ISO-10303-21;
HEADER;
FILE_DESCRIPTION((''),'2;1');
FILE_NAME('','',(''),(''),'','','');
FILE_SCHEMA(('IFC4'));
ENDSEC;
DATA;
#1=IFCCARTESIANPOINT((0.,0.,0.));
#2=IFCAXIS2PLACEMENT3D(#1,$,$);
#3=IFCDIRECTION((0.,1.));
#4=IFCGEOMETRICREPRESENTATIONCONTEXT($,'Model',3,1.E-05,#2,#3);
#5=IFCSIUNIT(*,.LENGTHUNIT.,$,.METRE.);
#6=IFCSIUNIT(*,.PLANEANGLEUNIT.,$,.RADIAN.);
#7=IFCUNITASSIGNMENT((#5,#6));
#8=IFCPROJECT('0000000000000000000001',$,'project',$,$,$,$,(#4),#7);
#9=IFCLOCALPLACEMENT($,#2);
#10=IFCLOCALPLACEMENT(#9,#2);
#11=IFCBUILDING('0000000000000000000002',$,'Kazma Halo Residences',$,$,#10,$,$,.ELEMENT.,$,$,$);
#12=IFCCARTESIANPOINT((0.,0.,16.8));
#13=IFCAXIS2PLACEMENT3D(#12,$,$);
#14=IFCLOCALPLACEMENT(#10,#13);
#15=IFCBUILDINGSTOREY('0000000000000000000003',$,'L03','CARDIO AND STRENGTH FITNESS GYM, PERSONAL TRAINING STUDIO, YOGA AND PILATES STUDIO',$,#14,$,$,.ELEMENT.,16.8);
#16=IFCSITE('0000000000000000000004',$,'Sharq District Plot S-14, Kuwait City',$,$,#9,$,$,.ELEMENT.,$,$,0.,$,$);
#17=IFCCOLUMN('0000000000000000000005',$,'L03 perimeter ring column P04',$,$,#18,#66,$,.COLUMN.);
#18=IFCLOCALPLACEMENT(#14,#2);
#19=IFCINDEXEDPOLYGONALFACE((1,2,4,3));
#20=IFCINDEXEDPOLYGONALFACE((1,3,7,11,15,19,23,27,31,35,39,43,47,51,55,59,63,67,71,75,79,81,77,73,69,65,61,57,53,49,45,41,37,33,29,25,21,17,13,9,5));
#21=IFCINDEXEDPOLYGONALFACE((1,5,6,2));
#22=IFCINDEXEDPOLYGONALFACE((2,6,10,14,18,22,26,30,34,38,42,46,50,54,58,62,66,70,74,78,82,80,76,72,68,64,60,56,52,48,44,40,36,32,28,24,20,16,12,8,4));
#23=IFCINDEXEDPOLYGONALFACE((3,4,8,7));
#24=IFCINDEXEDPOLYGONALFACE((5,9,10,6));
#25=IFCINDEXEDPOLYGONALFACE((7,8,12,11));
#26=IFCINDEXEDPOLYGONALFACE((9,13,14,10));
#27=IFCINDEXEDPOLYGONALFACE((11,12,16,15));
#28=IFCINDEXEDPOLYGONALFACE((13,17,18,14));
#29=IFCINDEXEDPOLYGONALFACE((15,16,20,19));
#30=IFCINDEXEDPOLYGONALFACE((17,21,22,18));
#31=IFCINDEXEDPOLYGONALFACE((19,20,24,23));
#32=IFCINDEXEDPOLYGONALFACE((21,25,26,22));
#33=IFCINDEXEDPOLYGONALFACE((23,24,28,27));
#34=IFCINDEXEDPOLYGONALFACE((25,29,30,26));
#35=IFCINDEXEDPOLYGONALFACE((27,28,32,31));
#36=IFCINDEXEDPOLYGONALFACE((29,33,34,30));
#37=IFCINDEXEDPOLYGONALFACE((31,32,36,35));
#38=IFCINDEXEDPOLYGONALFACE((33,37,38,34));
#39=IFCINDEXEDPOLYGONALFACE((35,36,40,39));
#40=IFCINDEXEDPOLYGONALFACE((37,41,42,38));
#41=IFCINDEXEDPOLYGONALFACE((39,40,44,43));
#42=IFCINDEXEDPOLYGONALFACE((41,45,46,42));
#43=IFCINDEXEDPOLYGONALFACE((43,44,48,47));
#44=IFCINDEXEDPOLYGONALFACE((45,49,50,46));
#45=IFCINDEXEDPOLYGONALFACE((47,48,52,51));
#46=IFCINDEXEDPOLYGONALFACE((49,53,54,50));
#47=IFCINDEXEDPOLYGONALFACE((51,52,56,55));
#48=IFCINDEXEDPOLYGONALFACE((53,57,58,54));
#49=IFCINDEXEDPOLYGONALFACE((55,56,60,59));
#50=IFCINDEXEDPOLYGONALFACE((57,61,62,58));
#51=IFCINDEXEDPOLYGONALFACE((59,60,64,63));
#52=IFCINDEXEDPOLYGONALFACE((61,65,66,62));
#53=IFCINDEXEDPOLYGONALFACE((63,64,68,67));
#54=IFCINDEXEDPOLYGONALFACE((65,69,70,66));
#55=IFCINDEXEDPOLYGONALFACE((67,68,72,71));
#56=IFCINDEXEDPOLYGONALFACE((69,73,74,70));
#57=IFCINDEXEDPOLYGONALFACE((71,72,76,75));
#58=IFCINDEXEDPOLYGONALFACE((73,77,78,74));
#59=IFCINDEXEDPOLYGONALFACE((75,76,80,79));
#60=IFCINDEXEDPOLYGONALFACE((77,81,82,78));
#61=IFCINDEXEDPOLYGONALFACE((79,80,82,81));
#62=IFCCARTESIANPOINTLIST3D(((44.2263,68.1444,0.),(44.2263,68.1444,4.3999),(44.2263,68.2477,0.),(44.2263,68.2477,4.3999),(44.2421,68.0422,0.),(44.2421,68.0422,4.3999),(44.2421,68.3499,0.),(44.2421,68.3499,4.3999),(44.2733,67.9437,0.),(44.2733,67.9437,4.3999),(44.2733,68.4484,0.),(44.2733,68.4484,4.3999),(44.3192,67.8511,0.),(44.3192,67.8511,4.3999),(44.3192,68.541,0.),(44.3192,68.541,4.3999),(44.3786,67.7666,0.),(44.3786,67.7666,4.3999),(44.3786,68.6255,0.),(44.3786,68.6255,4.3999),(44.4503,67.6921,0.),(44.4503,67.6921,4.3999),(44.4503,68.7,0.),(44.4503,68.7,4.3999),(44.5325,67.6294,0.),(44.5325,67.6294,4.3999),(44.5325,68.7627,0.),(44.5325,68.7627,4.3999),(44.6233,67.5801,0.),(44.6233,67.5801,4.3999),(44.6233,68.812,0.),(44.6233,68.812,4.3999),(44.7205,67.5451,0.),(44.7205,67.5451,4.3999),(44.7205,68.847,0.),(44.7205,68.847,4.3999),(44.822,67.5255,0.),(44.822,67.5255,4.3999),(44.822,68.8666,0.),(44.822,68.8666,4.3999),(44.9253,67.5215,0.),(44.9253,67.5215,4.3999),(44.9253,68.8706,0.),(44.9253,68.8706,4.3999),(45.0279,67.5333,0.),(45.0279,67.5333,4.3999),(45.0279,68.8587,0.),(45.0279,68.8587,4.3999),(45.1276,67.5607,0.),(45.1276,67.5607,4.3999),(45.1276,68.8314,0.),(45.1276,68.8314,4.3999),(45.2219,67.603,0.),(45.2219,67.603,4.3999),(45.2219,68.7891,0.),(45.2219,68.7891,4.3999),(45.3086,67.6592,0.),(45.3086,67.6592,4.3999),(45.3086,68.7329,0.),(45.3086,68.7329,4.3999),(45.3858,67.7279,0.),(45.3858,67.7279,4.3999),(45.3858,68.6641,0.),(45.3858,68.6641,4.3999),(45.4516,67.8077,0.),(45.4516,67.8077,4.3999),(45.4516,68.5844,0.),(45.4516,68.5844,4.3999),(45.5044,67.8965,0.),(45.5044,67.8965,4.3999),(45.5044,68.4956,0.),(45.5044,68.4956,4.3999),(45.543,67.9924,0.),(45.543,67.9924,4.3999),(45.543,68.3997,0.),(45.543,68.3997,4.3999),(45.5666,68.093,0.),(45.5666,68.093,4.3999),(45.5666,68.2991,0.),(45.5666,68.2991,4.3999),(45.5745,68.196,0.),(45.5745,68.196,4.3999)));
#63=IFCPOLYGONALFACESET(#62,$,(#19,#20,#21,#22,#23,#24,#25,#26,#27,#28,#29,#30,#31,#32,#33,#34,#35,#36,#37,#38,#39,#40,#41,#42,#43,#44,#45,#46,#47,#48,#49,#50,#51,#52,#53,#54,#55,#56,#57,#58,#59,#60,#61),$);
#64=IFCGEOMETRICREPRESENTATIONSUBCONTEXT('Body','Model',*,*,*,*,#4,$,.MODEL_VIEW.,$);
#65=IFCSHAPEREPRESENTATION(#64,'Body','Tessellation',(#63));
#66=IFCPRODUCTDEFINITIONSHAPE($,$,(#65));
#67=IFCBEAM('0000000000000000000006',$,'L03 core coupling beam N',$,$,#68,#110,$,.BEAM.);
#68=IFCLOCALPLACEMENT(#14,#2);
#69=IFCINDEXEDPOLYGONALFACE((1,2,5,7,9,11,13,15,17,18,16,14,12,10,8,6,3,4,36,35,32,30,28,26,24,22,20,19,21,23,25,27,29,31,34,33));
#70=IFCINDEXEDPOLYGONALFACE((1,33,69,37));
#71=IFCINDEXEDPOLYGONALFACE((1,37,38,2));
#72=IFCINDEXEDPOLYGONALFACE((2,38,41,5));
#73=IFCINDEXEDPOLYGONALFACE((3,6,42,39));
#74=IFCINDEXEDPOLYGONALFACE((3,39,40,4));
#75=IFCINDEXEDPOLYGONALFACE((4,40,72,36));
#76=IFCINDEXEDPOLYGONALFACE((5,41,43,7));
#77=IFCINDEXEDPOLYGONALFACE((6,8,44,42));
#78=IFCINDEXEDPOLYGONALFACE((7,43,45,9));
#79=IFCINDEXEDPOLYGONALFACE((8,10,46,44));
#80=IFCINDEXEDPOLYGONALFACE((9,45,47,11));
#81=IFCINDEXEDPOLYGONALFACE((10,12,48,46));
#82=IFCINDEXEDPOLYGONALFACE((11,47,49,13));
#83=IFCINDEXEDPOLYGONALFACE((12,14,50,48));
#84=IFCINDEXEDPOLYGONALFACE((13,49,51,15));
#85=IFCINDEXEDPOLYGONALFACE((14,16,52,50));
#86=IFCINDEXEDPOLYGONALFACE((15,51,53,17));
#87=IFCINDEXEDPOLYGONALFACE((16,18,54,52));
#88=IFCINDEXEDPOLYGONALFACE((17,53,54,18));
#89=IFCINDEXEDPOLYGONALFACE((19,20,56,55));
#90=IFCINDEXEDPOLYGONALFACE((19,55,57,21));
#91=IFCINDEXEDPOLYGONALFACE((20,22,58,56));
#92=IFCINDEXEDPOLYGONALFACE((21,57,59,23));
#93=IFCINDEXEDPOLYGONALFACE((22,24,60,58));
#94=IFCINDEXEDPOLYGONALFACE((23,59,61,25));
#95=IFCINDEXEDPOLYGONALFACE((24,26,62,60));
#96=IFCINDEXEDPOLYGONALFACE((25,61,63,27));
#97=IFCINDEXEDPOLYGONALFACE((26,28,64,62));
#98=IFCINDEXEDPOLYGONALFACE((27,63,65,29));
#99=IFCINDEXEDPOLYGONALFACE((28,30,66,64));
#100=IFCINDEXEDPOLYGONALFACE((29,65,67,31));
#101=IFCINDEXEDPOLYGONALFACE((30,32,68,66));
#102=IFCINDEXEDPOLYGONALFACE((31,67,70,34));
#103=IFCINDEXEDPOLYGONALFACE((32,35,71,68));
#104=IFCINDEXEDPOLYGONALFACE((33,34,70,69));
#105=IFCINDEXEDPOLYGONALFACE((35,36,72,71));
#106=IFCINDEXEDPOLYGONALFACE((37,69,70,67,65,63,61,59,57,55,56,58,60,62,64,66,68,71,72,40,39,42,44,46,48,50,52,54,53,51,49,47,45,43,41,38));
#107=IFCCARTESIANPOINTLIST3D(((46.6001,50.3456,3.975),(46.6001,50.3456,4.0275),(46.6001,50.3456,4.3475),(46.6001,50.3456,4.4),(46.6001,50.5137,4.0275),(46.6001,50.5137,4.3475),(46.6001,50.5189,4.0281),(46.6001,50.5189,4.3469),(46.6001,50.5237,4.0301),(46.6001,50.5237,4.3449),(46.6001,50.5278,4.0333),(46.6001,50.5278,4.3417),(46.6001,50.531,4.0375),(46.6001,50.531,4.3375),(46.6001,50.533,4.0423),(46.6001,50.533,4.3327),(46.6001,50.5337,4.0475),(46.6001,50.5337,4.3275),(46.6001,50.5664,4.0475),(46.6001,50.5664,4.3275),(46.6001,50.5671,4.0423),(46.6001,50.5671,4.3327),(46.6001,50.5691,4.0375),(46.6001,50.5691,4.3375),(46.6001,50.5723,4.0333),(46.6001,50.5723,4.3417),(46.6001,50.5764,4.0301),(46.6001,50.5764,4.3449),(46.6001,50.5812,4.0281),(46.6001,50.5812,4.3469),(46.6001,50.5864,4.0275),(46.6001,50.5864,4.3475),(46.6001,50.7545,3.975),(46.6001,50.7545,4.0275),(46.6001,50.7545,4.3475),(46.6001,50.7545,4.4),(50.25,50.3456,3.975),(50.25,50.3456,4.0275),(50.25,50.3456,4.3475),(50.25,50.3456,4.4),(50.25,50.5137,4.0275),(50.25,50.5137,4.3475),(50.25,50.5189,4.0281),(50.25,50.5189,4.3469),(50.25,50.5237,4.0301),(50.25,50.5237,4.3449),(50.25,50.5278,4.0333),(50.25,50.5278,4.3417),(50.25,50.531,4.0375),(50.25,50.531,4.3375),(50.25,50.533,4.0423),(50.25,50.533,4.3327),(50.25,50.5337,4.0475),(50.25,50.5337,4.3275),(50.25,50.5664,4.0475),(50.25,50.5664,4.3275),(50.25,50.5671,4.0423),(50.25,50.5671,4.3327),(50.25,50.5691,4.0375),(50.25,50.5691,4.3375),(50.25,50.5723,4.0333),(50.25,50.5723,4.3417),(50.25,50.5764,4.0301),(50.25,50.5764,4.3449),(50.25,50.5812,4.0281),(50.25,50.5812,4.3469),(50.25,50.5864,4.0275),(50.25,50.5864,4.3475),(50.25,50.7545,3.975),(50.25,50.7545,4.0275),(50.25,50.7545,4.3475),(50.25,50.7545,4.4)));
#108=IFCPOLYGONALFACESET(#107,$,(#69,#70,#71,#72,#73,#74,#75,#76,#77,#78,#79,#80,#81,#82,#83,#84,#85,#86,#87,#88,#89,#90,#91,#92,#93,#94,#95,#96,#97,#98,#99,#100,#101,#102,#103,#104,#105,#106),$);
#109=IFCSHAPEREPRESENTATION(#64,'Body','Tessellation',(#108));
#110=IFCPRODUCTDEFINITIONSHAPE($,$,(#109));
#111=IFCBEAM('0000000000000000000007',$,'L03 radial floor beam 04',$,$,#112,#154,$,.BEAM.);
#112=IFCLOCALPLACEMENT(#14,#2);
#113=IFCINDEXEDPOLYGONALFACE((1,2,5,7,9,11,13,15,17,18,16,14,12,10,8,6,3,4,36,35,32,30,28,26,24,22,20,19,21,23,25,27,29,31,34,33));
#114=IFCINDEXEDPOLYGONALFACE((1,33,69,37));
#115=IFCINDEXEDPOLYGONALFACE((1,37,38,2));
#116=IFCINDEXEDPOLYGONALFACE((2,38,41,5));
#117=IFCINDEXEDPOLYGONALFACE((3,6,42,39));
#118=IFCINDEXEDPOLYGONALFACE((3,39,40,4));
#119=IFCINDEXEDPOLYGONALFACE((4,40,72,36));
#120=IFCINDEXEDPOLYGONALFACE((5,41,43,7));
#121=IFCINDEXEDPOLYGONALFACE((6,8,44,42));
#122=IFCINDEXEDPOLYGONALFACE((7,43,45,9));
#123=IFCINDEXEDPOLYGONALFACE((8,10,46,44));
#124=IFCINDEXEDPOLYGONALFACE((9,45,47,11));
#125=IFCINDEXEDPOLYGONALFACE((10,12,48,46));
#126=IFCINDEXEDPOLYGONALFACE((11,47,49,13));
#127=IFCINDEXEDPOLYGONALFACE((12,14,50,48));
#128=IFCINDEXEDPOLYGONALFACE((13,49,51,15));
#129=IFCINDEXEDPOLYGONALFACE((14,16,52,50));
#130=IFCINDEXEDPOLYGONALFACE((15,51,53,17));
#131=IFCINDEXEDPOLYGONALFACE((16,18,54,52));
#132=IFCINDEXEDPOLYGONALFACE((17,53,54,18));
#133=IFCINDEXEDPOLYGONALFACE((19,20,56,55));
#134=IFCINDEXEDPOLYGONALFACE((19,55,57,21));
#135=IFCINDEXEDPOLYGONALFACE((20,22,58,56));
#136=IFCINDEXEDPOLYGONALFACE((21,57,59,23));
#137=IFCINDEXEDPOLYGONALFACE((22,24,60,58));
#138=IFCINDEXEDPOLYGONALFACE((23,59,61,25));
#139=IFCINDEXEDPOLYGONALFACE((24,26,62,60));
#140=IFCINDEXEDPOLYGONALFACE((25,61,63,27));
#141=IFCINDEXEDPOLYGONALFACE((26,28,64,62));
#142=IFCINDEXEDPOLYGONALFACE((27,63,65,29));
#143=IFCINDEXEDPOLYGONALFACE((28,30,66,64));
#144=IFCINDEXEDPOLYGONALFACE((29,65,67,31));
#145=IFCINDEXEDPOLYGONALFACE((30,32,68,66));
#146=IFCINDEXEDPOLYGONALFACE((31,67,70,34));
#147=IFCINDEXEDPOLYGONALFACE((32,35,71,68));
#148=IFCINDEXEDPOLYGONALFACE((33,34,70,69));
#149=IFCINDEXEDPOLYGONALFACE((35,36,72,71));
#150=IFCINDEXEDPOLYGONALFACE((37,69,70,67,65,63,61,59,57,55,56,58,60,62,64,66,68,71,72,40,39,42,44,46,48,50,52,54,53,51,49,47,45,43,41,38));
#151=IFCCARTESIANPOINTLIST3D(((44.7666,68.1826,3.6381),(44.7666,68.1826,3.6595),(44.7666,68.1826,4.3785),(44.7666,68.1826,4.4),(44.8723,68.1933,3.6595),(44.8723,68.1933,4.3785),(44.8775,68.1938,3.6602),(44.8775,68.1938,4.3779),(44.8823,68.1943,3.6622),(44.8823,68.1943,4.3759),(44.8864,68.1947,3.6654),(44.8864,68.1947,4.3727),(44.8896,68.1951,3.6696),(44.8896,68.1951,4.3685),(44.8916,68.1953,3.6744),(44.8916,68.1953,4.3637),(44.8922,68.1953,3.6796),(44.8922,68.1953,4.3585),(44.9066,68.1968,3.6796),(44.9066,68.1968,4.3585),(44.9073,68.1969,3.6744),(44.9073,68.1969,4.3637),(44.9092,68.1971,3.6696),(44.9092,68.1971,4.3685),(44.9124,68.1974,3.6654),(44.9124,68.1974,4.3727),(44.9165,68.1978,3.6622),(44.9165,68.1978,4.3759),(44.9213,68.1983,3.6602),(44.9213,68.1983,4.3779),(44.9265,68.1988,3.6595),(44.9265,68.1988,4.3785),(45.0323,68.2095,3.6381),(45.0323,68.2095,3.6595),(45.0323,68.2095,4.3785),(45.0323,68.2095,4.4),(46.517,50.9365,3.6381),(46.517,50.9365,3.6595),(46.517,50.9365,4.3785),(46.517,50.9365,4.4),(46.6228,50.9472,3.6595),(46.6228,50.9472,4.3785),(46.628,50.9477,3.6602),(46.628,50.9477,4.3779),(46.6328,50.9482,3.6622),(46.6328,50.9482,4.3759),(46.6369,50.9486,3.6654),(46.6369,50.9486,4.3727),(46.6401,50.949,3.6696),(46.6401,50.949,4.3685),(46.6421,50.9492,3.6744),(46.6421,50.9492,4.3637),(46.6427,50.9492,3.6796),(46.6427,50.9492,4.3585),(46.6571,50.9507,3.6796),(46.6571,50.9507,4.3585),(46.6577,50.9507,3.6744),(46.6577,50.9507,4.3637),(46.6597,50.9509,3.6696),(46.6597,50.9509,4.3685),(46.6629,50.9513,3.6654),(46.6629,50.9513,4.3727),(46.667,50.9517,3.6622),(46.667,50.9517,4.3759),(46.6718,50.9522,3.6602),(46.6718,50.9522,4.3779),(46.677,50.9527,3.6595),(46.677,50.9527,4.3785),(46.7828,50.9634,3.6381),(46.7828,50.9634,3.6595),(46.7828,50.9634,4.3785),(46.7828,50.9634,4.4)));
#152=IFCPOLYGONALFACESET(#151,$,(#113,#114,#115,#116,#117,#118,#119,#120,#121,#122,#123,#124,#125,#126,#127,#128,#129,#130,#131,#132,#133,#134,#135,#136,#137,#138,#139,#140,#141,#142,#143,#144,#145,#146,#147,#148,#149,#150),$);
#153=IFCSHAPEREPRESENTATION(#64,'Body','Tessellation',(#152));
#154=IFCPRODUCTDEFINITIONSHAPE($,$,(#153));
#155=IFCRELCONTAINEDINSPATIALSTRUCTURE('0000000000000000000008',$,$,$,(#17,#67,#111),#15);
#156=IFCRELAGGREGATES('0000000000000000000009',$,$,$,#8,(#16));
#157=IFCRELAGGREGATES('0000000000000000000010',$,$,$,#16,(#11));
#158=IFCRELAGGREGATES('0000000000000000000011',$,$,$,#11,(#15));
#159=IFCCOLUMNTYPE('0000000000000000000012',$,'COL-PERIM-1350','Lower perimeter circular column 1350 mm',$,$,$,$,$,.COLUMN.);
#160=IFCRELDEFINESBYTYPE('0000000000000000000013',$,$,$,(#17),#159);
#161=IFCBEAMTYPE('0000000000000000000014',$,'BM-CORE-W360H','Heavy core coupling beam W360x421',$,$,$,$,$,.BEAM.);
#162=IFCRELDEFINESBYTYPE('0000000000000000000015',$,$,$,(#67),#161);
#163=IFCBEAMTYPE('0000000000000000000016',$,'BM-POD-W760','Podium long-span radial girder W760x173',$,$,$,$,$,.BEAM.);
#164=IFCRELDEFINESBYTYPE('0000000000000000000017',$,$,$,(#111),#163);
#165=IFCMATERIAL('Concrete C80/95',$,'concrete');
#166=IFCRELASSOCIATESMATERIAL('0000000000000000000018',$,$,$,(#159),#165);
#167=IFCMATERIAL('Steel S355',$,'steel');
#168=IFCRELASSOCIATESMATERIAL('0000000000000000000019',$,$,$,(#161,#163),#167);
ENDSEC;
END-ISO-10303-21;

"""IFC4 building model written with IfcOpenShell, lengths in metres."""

from ifc_helpers import new_model, si_unit, direction, frame, origin, origin_2d, place, context, subcontext, project, spatial, circle, i_section, extrude, material, material_profile, profile_set, type_object, element, save


model = new_model("IFC4")

# Units and contexts
model_context = context("Model", 3, precision=1e-05, world=origin(), true_north=direction((0.0, 1.0)))
body_context = subcontext(model_context, "Body", "Model", "MODEL_VIEW")
ifc_project = project(units=[si_unit("LENGTHUNIT", "METRE"), si_unit("PLANEANGLEUNIT", "RADIAN")], contexts=[model_context])

# Site, building, storey
site_placement = place(None, origin())
site = spatial("IfcSite", under=ifc_project, at=site_placement, Name="Sharq District Plot S-14, Kuwait City", CompositionType="ELEMENT", RefElevation=0.0)
building_placement = place(site_placement, origin())
building = spatial("IfcBuilding", under=site, at=building_placement, Name="Kazma Halo Residences", CompositionType="ELEMENT")
storey_placement = place(building_placement, frame((0.0, 0.0, 16.8)))
storey = spatial("IfcBuildingStorey", under=building, at=storey_placement, Name="L03", Description="CARDIO AND STRENGTH FITNESS GYM, PERSONAL TRAINING STUDIO, YOGA AND PILATES STUDIO", CompositionType="ELEMENT", Elevation=16.8)

# Column
ifc_material_1 = material(Name="Concrete C80/95", Category="concrete")
ifc_material_profile_1 = material_profile(ifc_material_1, circle(Radius=0.675, at=origin_2d()), Name="CIRC1350")
ifc_profile_set_1 = profile_set([ifc_material_profile_1], Name="Concrete C80/95")
column_type = type_object("IfcColumnType", Name="COL-PERIM-1350", Description="Lower perimeter circular column 1350 mm", PredefinedType="COLUMN", material=ifc_profile_set_1)
column_placement = place(storey_placement, frame((44.8994, 68.196, 0.0), z_axis=(0.0, 0.0, 1.0), x_axis=(1.0, 0.0, 0.0)))
element("IfcColumn", 1, at=column_placement, inside=storey, type_object=column_type, Name="L03 perimeter ring column P04", PredefinedType="COLUMN", context=body_context, shape_type="SweptSolid", body=[
    extrude(circle(Radius=0.675, at=origin_2d()), origin(), (0.0, 0.0, 1.0), 4.3999),
])

# Beams
ifc_material_2 = material(Name="Steel S355", Category="steel")
ifc_material_profile_2 = material_profile(ifc_material_2, i_section(OverallWidth=0.4089, OverallDepth=0.425, WebThickness=0.0327, FlangeThickness=0.0525, FilletRadius=0.02, at=origin_2d()), Name="W360x421")
ifc_profile_set_2 = profile_set([ifc_material_profile_2], Name="Steel S355")
beam_type_1 = type_object("IfcBeamType", Name="BM-CORE-W360H", Description="Heavy core coupling beam W360x421", PredefinedType="BEAM", material=ifc_profile_set_2)
beam_1_placement = place(storey_placement, frame((46.6001, 50.55, 4.1875), z_axis=(1.0, 0.0, 0.0), x_axis=(0.0, 1.0, 0.0)))
element("IfcBeam", 2, at=beam_1_placement, inside=storey, type_object=beam_type_1, Name="L03 core coupling beam N", PredefinedType="BEAM", context=body_context, shape_type="SweptSolid", body=[
    extrude(i_section(OverallWidth=0.4089, OverallDepth=0.425, WebThickness=0.0327, FlangeThickness=0.0525, FilletRadius=0.02, at=origin_2d()), origin(), (0.0, 0.0, 1.0), 3.6499),
])
ifc_material_profile_3 = material_profile(ifc_material_2, i_section(OverallWidth=0.2671, OverallDepth=0.762, WebThickness=0.0144, FlangeThickness=0.0215, FilletRadius=0.02, at=origin_2d()), Name="W760x173")
ifc_profile_set_3 = profile_set([ifc_material_profile_3], Name="Steel S355")
beam_type_2 = type_object("IfcBeamType", Name="BM-POD-W760", Description="Podium long-span radial girder W760x173", PredefinedType="BEAM", material=ifc_profile_set_3)
beam_2_placement = place(storey_placement, frame((46.6499, 50.95, 4.019), z_axis=(-0.100982, 0.994888, 0.0), x_axis=(-0.994888, -0.100982, 0.0)))
element("IfcBeam", 3, at=beam_2_placement, inside=storey, type_object=beam_type_2, Name="L03 radial floor beam 04", PredefinedType="BEAM", context=body_context, shape_type="SweptSolid", body=[
    extrude(i_section(OverallWidth=0.2671, OverallDepth=0.762, WebThickness=0.0144, FlangeThickness=0.0215, FilletRadius=0.02, at=origin_2d()), origin(), (0.0, 0.0, 1.0), 17.3347),
])

save(model, "model.ifc")
